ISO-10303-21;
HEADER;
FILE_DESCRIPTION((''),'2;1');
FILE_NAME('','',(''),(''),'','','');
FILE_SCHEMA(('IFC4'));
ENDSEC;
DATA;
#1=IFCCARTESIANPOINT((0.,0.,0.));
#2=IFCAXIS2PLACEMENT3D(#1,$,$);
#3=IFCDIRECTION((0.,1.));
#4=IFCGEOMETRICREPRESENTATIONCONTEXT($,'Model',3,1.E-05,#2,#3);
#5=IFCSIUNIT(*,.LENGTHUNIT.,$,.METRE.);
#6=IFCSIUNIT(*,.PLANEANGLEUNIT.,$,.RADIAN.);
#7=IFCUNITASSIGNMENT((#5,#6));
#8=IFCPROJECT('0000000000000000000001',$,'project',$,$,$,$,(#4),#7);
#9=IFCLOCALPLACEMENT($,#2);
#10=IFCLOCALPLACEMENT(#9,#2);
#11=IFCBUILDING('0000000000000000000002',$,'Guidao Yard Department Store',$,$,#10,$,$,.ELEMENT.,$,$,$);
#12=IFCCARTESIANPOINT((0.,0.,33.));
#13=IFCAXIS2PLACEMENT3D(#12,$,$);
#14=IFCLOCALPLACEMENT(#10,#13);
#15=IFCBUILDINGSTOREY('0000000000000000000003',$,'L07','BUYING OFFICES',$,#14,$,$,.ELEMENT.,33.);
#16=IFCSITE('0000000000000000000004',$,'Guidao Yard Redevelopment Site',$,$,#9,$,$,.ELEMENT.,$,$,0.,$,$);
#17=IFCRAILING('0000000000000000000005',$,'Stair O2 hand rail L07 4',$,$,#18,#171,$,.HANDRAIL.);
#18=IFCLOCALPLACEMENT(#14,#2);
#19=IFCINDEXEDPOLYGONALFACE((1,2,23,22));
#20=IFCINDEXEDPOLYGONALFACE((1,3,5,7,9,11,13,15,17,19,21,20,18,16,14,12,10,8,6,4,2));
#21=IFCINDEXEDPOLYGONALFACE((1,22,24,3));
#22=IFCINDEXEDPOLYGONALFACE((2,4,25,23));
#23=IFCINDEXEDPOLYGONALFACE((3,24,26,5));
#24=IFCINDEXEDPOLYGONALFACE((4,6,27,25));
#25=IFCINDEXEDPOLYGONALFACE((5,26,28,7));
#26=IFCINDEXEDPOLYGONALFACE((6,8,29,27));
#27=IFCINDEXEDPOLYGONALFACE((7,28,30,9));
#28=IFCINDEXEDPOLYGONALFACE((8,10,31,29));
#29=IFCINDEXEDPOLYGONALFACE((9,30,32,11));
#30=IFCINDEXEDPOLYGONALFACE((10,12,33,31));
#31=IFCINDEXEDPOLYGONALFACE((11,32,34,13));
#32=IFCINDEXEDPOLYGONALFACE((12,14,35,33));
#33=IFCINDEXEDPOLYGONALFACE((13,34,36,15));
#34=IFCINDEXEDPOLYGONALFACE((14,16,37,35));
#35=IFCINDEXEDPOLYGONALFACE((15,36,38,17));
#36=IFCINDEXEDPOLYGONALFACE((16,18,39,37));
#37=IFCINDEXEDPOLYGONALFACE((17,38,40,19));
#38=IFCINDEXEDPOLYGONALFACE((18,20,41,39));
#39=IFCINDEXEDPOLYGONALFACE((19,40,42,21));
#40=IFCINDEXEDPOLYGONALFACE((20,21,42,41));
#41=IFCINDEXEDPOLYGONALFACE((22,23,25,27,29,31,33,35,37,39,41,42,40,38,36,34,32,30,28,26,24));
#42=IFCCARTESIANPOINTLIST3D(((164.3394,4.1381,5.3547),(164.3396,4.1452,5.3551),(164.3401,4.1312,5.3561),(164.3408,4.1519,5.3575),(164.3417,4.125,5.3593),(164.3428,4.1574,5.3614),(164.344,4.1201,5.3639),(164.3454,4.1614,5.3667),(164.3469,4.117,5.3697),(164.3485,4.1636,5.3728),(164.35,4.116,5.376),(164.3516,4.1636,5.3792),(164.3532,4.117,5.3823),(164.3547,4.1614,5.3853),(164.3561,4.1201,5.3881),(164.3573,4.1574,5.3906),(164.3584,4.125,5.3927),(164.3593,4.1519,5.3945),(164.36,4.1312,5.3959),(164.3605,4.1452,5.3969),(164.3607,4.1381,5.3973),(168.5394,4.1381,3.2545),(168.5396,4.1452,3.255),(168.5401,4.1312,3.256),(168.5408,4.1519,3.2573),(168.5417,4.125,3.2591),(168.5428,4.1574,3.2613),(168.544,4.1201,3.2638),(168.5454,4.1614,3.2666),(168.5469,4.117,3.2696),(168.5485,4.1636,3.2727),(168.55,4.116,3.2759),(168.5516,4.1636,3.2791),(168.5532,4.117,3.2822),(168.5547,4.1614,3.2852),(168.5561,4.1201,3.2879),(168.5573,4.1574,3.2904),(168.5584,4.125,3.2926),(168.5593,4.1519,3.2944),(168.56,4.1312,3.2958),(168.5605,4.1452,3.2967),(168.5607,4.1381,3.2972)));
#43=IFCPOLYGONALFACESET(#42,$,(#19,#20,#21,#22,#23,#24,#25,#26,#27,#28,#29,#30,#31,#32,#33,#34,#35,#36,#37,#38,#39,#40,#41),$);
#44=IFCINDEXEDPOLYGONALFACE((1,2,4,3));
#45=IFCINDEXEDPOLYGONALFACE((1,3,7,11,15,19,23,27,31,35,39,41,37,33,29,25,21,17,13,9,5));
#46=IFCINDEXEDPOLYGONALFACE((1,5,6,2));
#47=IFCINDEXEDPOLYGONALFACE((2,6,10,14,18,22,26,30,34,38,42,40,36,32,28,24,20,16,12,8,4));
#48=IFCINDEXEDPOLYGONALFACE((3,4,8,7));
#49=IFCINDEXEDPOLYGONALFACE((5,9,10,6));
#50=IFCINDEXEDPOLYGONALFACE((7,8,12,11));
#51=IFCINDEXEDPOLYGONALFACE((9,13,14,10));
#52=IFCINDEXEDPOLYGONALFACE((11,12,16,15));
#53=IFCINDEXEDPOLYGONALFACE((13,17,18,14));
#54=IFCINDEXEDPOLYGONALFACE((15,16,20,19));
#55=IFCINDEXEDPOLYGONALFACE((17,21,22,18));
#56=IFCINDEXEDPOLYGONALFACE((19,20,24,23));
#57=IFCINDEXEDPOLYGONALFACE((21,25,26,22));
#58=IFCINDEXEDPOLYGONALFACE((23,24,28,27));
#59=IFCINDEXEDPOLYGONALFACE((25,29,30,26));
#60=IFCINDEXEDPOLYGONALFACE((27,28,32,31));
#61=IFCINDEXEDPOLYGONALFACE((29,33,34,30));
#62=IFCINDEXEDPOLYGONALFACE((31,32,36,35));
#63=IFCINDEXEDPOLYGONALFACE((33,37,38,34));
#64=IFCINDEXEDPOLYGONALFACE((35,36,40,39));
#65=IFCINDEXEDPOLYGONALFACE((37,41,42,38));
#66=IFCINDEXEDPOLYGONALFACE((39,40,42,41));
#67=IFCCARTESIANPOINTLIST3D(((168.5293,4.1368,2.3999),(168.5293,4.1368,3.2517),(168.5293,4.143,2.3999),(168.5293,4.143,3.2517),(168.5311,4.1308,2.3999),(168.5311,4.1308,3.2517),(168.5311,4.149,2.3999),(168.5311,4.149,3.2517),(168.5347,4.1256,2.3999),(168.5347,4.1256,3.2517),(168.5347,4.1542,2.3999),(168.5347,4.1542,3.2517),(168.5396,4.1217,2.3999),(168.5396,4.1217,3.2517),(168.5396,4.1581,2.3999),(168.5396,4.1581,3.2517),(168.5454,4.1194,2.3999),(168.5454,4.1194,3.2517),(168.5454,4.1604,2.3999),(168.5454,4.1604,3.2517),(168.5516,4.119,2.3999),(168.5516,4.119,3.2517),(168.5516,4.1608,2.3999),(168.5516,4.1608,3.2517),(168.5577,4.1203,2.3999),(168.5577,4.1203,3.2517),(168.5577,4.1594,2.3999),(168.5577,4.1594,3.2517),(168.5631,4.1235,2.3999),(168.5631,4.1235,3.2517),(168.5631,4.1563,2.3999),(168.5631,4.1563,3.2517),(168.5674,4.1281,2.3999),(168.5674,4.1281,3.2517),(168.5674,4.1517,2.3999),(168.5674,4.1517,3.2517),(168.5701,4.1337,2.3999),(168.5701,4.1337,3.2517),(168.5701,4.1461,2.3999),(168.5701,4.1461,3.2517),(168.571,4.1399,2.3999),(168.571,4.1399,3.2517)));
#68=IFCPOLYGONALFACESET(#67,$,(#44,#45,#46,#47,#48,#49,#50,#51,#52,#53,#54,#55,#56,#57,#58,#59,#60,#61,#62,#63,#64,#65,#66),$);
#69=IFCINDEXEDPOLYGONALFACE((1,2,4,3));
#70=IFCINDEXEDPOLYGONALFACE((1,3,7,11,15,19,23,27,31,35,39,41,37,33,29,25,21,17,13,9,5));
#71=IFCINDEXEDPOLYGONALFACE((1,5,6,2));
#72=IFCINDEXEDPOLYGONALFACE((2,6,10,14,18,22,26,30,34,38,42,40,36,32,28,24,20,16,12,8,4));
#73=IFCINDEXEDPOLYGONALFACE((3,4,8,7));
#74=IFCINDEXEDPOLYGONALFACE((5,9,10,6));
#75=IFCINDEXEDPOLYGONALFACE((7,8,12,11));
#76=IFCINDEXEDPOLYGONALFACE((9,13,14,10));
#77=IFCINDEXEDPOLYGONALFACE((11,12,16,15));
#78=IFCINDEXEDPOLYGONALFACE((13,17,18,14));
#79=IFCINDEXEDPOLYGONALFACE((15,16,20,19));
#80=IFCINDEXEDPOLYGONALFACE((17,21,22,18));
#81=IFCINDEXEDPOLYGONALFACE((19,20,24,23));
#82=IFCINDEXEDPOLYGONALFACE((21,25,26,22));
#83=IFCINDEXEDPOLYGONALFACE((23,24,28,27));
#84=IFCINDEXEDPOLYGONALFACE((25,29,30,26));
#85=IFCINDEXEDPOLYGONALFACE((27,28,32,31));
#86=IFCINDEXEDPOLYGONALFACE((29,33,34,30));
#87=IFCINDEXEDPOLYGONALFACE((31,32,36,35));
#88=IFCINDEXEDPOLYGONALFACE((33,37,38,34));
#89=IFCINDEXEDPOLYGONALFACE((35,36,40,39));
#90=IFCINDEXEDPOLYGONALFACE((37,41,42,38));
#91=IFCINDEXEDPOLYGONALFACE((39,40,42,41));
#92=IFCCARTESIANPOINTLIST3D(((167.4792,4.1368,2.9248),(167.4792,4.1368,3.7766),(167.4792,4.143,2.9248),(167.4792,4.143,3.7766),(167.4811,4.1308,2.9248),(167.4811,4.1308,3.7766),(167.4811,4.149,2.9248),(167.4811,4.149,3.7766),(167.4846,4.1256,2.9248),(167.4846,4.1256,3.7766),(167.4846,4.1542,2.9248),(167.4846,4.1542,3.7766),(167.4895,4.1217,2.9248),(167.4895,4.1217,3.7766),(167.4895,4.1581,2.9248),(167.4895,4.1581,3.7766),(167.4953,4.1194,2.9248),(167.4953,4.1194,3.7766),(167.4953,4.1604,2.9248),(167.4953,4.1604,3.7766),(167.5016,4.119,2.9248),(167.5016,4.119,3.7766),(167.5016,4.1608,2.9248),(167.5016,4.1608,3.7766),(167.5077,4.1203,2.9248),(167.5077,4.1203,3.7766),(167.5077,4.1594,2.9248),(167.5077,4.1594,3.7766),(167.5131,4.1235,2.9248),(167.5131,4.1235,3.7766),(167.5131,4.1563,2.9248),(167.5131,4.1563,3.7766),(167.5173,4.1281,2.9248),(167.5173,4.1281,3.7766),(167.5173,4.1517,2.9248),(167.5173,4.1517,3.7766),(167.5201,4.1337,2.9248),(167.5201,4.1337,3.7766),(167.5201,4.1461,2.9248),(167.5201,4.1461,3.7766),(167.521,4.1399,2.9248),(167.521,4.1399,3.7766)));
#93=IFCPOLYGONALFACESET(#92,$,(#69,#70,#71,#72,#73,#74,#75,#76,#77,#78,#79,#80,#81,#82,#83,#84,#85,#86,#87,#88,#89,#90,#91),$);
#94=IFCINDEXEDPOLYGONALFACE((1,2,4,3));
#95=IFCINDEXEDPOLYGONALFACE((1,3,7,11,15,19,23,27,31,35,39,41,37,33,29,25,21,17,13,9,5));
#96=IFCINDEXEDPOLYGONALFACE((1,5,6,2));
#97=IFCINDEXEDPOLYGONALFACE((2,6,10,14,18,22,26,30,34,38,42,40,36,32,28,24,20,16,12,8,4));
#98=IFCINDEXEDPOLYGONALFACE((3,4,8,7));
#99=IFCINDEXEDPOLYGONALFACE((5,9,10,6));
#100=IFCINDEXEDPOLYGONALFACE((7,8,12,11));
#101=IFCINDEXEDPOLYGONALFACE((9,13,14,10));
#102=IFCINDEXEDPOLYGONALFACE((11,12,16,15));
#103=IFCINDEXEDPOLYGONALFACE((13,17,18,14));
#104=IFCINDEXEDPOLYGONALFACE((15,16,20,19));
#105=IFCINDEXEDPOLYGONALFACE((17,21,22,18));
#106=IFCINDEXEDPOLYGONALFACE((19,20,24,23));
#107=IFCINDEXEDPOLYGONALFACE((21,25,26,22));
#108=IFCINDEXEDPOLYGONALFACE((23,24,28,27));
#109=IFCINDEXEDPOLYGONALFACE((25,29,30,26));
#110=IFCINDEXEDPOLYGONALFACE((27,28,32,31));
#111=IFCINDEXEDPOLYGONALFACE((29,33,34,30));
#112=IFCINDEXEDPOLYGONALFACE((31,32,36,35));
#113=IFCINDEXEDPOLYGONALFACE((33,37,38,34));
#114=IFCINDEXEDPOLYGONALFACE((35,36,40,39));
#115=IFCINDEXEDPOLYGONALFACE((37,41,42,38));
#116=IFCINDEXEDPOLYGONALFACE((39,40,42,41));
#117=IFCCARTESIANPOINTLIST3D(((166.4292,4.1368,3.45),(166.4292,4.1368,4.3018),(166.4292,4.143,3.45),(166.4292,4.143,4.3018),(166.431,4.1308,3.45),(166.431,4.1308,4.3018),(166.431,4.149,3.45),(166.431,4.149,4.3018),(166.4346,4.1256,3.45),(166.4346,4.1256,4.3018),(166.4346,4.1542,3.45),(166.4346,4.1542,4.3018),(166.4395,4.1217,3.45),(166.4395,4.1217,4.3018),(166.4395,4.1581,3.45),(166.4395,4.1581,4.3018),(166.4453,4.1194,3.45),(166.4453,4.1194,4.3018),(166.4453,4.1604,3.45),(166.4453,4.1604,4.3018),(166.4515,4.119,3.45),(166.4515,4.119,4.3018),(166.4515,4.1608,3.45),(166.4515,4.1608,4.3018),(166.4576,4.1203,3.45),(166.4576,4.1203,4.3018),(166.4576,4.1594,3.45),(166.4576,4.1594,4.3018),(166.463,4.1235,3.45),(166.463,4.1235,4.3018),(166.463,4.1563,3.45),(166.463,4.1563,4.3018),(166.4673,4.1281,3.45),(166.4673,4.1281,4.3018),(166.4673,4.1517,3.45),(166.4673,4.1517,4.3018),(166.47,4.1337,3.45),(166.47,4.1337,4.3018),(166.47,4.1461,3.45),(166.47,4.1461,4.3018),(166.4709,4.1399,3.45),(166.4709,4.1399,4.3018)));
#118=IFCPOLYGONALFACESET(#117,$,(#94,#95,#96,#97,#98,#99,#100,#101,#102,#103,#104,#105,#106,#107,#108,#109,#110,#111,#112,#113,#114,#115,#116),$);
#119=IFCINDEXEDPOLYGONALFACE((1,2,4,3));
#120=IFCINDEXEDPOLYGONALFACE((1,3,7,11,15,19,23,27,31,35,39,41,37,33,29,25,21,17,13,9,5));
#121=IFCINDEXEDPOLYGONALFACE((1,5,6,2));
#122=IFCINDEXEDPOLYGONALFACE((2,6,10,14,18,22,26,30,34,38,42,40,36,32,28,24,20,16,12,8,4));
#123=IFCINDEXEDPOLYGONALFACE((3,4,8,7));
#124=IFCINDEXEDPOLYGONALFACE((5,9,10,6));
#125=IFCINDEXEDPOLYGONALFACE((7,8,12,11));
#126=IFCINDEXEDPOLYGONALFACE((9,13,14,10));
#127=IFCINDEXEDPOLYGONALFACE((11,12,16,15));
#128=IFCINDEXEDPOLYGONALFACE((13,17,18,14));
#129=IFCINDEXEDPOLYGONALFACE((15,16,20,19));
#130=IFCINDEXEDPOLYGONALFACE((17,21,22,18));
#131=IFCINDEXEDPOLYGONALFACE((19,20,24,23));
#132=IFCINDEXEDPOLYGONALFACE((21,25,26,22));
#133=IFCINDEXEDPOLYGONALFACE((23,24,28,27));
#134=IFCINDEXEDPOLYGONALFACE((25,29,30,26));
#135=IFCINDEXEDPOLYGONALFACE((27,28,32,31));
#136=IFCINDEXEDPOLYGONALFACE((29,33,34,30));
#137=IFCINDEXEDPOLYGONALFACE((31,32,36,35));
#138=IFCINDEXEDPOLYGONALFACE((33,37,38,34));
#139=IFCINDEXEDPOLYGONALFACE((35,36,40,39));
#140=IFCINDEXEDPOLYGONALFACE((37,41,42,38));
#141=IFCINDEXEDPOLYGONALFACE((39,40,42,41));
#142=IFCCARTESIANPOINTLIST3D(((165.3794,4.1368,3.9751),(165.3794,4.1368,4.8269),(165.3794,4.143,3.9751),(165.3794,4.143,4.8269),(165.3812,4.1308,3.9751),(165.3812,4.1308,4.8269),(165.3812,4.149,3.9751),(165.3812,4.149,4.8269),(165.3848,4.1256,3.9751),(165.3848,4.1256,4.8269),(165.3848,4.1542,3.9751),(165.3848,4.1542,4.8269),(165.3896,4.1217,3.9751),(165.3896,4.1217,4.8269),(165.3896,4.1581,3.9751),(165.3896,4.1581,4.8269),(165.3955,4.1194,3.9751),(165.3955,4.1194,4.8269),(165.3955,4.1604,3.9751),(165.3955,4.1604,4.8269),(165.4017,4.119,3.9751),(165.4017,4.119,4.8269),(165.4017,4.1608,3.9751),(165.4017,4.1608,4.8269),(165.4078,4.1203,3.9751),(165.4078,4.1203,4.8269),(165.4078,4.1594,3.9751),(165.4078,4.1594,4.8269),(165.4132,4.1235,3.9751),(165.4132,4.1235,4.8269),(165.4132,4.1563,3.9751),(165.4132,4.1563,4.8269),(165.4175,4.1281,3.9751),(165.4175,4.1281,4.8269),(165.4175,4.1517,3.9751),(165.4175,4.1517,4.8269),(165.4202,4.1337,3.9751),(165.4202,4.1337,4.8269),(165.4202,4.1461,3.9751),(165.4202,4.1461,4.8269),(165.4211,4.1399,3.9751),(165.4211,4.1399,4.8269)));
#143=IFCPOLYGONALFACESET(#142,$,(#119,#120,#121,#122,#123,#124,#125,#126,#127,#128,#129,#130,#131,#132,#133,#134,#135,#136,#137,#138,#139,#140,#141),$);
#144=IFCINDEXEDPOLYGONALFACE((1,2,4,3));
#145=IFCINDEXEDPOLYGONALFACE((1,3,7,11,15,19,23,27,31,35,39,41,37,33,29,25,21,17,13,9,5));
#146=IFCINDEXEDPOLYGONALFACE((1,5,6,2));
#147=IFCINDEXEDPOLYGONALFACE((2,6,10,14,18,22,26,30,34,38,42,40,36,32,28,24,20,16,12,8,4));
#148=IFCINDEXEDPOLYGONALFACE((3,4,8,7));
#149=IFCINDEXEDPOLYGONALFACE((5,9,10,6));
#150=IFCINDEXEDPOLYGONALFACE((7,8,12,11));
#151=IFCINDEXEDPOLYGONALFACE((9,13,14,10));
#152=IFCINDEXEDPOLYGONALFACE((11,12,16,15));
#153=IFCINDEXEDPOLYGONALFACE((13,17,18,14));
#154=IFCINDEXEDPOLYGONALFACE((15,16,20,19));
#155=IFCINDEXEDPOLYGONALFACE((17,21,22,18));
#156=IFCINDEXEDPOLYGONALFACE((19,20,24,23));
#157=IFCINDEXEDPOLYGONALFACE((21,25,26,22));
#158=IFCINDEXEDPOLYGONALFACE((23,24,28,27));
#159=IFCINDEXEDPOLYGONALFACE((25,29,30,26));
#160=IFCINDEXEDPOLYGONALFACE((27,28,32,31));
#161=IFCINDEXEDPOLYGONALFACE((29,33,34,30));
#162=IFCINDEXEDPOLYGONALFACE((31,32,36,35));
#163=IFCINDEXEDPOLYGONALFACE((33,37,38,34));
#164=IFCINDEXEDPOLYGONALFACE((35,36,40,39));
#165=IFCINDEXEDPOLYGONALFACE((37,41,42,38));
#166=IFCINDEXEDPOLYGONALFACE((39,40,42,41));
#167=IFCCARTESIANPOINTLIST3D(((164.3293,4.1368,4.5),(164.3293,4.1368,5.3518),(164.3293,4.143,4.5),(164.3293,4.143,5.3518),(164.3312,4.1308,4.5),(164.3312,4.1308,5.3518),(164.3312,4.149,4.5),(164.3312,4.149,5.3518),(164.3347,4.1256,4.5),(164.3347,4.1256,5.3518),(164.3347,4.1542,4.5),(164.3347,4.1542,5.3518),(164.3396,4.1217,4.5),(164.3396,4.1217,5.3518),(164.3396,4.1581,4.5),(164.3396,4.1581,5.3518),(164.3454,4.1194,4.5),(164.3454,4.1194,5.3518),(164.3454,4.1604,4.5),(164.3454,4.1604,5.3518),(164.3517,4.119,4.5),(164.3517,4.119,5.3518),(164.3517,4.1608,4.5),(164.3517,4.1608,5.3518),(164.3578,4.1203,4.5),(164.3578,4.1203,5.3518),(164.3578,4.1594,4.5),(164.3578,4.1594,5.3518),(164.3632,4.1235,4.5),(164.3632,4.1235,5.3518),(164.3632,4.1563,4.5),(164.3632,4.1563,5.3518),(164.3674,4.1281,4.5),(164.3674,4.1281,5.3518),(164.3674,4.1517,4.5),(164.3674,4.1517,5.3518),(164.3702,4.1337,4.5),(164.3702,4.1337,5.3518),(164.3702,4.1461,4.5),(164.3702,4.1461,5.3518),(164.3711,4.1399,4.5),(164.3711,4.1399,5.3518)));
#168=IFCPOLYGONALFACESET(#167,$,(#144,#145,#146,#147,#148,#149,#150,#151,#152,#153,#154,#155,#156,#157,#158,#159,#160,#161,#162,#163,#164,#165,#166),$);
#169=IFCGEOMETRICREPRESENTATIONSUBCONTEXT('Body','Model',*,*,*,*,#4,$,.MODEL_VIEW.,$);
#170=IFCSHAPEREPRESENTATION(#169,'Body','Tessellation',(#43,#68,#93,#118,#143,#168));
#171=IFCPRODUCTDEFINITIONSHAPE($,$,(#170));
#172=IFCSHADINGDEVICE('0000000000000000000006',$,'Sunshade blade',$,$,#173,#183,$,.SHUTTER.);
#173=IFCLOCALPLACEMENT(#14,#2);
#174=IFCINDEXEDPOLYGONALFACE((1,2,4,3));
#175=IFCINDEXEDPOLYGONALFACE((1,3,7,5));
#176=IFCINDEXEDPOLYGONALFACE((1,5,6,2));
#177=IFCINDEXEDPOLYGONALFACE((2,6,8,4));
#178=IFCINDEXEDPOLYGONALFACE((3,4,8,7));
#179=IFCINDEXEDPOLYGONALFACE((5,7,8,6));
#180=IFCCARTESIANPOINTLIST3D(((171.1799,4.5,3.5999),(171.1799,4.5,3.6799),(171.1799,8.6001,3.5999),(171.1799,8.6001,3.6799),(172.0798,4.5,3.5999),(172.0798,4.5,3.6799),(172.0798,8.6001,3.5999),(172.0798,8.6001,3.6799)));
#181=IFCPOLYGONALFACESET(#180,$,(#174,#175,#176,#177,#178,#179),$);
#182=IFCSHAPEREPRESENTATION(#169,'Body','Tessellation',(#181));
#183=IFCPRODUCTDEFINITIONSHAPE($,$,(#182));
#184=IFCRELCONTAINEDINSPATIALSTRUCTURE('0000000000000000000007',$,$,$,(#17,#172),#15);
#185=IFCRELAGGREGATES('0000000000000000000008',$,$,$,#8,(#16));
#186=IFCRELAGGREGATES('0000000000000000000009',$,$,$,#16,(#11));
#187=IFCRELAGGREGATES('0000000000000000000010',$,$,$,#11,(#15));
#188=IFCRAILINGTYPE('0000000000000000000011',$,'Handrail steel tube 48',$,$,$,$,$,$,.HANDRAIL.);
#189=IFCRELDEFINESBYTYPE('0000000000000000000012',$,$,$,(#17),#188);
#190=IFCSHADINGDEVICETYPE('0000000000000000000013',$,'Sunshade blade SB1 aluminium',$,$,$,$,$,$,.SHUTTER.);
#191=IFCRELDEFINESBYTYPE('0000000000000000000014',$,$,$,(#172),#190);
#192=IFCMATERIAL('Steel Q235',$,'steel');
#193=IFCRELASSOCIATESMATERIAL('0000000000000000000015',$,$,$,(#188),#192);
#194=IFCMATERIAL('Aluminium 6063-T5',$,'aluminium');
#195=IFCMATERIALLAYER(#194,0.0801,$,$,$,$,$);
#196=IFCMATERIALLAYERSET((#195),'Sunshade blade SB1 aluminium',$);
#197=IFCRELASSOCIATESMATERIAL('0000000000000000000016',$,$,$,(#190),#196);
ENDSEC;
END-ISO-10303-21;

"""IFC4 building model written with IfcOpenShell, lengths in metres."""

from ifc_helpers import new_model, si_unit, direction, frame, origin, origin_2d, place, context, subcontext, project, spatial, rectangle, circle, extrude, material, layer, layer_set, type_object, element, save


model = new_model("IFC4")

# Units and contexts
model_context = context("Model", 3, precision=1e-05, world=origin(), true_north=direction((0.0, 1.0)))
body_context = subcontext(model_context, "Body", "Model", "MODEL_VIEW")
ifc_project = project(units=[si_unit("LENGTHUNIT", "METRE"), si_unit("PLANEANGLEUNIT", "RADIAN")], contexts=[model_context])

# Site, building, storey
site_placement = place(None, origin())
site = spatial("IfcSite", under=ifc_project, at=site_placement, Name="Guidao Yard Redevelopment Site", CompositionType="ELEMENT", RefElevation=0.0)
building_placement = place(site_placement, origin())
building = spatial("IfcBuilding", under=site, at=building_placement, Name="Guidao Yard Department Store", CompositionType="ELEMENT")
storey_placement = place(building_placement, frame((0.0, 0.0, 33.0)))
storey = spatial("IfcBuildingStorey", under=building, at=storey_placement, Name="L07", Description="BUYING OFFICES", CompositionType="ELEMENT", Elevation=33.0)

# Railing
ifc_material_1 = material(Name="Steel Q235", Category="steel")
railing_type_1 = type_object("IfcRailingType", Name="Handrail steel tube 48", PredefinedType="HANDRAIL", material=ifc_material_1)
for number, where, name in (
    (1, (168.55, 4.1399, 2.3999), "Stair O2 hand rail L07 4"),
):
    element("IfcRailing", number, at=place(storey_placement, frame(where)), inside=storey, type_object=railing_type_1, Name=name, PredefinedType="HANDRAIL", context=body_context, shape_type="SweptSolid", body=[
        extrude(circle(Radius=0.0239, at=origin_2d()), frame((0.0, 0.0, 0.876), z_axis=(-0.894417, 0.0, 0.447234), x_axis=(0.0, -1.0, 0.0)), (0.0, 0.0, 1.0), 4.6958),
        extrude(circle(Radius=0.021, at=origin_2d()), origin(), (0.0, 0.0, 1.0), 0.8518),
        extrude(circle(Radius=0.021, at=origin_2d()), frame((-1.05, 0.0, 0.5249)), (0.0, 0.0, 1.0), 0.8518),
        extrude(circle(Radius=0.021, at=origin_2d()), frame((-2.1001, 0.0, 1.05)), (0.0, 0.0, 1.0), 0.8518),
        extrude(circle(Radius=0.021, at=origin_2d()), frame((-3.1499, 0.0, 1.5752)), (0.0, 0.0, 1.0), 0.8518),
        extrude(circle(Radius=0.021, at=origin_2d()), frame((-4.2, 0.0, 2.1001)), (0.0, 0.0, 1.0), 0.8518),
    ])

# Shading device
ifc_material_2 = material(Name="Aluminium 6063-T5", Category="aluminium")
ifc_layer_1 = layer(ifc_material_2, 0.0801)
ifc_layer_set_1 = layer_set([ifc_layer_1], Name="Sunshade blade SB1 aluminium")
shading_device_type = type_object("IfcShadingDeviceType", Name="Sunshade blade SB1 aluminium", PredefinedType="SHUTTER", material=ifc_layer_set_1)
shading_device_placement = place(storey_placement, frame((171.6299, 6.55, 3.5999), z_axis=(0.0, 0.0, 1.0), x_axis=(0.0, -1.0, 0.0)))
element("IfcShadingDevice", 2, at=shading_device_placement, inside=storey, type_object=shading_device_type, Name="Sunshade blade", PredefinedType="SHUTTER", context=body_context, shape_type="SweptSolid", body=[
    extrude(rectangle(XDim=4.1001, YDim=0.8999, at=origin_2d()), origin(), (0.0, 0.0, 1.0), 0.0801),
])

save(model, "model.ifc")
